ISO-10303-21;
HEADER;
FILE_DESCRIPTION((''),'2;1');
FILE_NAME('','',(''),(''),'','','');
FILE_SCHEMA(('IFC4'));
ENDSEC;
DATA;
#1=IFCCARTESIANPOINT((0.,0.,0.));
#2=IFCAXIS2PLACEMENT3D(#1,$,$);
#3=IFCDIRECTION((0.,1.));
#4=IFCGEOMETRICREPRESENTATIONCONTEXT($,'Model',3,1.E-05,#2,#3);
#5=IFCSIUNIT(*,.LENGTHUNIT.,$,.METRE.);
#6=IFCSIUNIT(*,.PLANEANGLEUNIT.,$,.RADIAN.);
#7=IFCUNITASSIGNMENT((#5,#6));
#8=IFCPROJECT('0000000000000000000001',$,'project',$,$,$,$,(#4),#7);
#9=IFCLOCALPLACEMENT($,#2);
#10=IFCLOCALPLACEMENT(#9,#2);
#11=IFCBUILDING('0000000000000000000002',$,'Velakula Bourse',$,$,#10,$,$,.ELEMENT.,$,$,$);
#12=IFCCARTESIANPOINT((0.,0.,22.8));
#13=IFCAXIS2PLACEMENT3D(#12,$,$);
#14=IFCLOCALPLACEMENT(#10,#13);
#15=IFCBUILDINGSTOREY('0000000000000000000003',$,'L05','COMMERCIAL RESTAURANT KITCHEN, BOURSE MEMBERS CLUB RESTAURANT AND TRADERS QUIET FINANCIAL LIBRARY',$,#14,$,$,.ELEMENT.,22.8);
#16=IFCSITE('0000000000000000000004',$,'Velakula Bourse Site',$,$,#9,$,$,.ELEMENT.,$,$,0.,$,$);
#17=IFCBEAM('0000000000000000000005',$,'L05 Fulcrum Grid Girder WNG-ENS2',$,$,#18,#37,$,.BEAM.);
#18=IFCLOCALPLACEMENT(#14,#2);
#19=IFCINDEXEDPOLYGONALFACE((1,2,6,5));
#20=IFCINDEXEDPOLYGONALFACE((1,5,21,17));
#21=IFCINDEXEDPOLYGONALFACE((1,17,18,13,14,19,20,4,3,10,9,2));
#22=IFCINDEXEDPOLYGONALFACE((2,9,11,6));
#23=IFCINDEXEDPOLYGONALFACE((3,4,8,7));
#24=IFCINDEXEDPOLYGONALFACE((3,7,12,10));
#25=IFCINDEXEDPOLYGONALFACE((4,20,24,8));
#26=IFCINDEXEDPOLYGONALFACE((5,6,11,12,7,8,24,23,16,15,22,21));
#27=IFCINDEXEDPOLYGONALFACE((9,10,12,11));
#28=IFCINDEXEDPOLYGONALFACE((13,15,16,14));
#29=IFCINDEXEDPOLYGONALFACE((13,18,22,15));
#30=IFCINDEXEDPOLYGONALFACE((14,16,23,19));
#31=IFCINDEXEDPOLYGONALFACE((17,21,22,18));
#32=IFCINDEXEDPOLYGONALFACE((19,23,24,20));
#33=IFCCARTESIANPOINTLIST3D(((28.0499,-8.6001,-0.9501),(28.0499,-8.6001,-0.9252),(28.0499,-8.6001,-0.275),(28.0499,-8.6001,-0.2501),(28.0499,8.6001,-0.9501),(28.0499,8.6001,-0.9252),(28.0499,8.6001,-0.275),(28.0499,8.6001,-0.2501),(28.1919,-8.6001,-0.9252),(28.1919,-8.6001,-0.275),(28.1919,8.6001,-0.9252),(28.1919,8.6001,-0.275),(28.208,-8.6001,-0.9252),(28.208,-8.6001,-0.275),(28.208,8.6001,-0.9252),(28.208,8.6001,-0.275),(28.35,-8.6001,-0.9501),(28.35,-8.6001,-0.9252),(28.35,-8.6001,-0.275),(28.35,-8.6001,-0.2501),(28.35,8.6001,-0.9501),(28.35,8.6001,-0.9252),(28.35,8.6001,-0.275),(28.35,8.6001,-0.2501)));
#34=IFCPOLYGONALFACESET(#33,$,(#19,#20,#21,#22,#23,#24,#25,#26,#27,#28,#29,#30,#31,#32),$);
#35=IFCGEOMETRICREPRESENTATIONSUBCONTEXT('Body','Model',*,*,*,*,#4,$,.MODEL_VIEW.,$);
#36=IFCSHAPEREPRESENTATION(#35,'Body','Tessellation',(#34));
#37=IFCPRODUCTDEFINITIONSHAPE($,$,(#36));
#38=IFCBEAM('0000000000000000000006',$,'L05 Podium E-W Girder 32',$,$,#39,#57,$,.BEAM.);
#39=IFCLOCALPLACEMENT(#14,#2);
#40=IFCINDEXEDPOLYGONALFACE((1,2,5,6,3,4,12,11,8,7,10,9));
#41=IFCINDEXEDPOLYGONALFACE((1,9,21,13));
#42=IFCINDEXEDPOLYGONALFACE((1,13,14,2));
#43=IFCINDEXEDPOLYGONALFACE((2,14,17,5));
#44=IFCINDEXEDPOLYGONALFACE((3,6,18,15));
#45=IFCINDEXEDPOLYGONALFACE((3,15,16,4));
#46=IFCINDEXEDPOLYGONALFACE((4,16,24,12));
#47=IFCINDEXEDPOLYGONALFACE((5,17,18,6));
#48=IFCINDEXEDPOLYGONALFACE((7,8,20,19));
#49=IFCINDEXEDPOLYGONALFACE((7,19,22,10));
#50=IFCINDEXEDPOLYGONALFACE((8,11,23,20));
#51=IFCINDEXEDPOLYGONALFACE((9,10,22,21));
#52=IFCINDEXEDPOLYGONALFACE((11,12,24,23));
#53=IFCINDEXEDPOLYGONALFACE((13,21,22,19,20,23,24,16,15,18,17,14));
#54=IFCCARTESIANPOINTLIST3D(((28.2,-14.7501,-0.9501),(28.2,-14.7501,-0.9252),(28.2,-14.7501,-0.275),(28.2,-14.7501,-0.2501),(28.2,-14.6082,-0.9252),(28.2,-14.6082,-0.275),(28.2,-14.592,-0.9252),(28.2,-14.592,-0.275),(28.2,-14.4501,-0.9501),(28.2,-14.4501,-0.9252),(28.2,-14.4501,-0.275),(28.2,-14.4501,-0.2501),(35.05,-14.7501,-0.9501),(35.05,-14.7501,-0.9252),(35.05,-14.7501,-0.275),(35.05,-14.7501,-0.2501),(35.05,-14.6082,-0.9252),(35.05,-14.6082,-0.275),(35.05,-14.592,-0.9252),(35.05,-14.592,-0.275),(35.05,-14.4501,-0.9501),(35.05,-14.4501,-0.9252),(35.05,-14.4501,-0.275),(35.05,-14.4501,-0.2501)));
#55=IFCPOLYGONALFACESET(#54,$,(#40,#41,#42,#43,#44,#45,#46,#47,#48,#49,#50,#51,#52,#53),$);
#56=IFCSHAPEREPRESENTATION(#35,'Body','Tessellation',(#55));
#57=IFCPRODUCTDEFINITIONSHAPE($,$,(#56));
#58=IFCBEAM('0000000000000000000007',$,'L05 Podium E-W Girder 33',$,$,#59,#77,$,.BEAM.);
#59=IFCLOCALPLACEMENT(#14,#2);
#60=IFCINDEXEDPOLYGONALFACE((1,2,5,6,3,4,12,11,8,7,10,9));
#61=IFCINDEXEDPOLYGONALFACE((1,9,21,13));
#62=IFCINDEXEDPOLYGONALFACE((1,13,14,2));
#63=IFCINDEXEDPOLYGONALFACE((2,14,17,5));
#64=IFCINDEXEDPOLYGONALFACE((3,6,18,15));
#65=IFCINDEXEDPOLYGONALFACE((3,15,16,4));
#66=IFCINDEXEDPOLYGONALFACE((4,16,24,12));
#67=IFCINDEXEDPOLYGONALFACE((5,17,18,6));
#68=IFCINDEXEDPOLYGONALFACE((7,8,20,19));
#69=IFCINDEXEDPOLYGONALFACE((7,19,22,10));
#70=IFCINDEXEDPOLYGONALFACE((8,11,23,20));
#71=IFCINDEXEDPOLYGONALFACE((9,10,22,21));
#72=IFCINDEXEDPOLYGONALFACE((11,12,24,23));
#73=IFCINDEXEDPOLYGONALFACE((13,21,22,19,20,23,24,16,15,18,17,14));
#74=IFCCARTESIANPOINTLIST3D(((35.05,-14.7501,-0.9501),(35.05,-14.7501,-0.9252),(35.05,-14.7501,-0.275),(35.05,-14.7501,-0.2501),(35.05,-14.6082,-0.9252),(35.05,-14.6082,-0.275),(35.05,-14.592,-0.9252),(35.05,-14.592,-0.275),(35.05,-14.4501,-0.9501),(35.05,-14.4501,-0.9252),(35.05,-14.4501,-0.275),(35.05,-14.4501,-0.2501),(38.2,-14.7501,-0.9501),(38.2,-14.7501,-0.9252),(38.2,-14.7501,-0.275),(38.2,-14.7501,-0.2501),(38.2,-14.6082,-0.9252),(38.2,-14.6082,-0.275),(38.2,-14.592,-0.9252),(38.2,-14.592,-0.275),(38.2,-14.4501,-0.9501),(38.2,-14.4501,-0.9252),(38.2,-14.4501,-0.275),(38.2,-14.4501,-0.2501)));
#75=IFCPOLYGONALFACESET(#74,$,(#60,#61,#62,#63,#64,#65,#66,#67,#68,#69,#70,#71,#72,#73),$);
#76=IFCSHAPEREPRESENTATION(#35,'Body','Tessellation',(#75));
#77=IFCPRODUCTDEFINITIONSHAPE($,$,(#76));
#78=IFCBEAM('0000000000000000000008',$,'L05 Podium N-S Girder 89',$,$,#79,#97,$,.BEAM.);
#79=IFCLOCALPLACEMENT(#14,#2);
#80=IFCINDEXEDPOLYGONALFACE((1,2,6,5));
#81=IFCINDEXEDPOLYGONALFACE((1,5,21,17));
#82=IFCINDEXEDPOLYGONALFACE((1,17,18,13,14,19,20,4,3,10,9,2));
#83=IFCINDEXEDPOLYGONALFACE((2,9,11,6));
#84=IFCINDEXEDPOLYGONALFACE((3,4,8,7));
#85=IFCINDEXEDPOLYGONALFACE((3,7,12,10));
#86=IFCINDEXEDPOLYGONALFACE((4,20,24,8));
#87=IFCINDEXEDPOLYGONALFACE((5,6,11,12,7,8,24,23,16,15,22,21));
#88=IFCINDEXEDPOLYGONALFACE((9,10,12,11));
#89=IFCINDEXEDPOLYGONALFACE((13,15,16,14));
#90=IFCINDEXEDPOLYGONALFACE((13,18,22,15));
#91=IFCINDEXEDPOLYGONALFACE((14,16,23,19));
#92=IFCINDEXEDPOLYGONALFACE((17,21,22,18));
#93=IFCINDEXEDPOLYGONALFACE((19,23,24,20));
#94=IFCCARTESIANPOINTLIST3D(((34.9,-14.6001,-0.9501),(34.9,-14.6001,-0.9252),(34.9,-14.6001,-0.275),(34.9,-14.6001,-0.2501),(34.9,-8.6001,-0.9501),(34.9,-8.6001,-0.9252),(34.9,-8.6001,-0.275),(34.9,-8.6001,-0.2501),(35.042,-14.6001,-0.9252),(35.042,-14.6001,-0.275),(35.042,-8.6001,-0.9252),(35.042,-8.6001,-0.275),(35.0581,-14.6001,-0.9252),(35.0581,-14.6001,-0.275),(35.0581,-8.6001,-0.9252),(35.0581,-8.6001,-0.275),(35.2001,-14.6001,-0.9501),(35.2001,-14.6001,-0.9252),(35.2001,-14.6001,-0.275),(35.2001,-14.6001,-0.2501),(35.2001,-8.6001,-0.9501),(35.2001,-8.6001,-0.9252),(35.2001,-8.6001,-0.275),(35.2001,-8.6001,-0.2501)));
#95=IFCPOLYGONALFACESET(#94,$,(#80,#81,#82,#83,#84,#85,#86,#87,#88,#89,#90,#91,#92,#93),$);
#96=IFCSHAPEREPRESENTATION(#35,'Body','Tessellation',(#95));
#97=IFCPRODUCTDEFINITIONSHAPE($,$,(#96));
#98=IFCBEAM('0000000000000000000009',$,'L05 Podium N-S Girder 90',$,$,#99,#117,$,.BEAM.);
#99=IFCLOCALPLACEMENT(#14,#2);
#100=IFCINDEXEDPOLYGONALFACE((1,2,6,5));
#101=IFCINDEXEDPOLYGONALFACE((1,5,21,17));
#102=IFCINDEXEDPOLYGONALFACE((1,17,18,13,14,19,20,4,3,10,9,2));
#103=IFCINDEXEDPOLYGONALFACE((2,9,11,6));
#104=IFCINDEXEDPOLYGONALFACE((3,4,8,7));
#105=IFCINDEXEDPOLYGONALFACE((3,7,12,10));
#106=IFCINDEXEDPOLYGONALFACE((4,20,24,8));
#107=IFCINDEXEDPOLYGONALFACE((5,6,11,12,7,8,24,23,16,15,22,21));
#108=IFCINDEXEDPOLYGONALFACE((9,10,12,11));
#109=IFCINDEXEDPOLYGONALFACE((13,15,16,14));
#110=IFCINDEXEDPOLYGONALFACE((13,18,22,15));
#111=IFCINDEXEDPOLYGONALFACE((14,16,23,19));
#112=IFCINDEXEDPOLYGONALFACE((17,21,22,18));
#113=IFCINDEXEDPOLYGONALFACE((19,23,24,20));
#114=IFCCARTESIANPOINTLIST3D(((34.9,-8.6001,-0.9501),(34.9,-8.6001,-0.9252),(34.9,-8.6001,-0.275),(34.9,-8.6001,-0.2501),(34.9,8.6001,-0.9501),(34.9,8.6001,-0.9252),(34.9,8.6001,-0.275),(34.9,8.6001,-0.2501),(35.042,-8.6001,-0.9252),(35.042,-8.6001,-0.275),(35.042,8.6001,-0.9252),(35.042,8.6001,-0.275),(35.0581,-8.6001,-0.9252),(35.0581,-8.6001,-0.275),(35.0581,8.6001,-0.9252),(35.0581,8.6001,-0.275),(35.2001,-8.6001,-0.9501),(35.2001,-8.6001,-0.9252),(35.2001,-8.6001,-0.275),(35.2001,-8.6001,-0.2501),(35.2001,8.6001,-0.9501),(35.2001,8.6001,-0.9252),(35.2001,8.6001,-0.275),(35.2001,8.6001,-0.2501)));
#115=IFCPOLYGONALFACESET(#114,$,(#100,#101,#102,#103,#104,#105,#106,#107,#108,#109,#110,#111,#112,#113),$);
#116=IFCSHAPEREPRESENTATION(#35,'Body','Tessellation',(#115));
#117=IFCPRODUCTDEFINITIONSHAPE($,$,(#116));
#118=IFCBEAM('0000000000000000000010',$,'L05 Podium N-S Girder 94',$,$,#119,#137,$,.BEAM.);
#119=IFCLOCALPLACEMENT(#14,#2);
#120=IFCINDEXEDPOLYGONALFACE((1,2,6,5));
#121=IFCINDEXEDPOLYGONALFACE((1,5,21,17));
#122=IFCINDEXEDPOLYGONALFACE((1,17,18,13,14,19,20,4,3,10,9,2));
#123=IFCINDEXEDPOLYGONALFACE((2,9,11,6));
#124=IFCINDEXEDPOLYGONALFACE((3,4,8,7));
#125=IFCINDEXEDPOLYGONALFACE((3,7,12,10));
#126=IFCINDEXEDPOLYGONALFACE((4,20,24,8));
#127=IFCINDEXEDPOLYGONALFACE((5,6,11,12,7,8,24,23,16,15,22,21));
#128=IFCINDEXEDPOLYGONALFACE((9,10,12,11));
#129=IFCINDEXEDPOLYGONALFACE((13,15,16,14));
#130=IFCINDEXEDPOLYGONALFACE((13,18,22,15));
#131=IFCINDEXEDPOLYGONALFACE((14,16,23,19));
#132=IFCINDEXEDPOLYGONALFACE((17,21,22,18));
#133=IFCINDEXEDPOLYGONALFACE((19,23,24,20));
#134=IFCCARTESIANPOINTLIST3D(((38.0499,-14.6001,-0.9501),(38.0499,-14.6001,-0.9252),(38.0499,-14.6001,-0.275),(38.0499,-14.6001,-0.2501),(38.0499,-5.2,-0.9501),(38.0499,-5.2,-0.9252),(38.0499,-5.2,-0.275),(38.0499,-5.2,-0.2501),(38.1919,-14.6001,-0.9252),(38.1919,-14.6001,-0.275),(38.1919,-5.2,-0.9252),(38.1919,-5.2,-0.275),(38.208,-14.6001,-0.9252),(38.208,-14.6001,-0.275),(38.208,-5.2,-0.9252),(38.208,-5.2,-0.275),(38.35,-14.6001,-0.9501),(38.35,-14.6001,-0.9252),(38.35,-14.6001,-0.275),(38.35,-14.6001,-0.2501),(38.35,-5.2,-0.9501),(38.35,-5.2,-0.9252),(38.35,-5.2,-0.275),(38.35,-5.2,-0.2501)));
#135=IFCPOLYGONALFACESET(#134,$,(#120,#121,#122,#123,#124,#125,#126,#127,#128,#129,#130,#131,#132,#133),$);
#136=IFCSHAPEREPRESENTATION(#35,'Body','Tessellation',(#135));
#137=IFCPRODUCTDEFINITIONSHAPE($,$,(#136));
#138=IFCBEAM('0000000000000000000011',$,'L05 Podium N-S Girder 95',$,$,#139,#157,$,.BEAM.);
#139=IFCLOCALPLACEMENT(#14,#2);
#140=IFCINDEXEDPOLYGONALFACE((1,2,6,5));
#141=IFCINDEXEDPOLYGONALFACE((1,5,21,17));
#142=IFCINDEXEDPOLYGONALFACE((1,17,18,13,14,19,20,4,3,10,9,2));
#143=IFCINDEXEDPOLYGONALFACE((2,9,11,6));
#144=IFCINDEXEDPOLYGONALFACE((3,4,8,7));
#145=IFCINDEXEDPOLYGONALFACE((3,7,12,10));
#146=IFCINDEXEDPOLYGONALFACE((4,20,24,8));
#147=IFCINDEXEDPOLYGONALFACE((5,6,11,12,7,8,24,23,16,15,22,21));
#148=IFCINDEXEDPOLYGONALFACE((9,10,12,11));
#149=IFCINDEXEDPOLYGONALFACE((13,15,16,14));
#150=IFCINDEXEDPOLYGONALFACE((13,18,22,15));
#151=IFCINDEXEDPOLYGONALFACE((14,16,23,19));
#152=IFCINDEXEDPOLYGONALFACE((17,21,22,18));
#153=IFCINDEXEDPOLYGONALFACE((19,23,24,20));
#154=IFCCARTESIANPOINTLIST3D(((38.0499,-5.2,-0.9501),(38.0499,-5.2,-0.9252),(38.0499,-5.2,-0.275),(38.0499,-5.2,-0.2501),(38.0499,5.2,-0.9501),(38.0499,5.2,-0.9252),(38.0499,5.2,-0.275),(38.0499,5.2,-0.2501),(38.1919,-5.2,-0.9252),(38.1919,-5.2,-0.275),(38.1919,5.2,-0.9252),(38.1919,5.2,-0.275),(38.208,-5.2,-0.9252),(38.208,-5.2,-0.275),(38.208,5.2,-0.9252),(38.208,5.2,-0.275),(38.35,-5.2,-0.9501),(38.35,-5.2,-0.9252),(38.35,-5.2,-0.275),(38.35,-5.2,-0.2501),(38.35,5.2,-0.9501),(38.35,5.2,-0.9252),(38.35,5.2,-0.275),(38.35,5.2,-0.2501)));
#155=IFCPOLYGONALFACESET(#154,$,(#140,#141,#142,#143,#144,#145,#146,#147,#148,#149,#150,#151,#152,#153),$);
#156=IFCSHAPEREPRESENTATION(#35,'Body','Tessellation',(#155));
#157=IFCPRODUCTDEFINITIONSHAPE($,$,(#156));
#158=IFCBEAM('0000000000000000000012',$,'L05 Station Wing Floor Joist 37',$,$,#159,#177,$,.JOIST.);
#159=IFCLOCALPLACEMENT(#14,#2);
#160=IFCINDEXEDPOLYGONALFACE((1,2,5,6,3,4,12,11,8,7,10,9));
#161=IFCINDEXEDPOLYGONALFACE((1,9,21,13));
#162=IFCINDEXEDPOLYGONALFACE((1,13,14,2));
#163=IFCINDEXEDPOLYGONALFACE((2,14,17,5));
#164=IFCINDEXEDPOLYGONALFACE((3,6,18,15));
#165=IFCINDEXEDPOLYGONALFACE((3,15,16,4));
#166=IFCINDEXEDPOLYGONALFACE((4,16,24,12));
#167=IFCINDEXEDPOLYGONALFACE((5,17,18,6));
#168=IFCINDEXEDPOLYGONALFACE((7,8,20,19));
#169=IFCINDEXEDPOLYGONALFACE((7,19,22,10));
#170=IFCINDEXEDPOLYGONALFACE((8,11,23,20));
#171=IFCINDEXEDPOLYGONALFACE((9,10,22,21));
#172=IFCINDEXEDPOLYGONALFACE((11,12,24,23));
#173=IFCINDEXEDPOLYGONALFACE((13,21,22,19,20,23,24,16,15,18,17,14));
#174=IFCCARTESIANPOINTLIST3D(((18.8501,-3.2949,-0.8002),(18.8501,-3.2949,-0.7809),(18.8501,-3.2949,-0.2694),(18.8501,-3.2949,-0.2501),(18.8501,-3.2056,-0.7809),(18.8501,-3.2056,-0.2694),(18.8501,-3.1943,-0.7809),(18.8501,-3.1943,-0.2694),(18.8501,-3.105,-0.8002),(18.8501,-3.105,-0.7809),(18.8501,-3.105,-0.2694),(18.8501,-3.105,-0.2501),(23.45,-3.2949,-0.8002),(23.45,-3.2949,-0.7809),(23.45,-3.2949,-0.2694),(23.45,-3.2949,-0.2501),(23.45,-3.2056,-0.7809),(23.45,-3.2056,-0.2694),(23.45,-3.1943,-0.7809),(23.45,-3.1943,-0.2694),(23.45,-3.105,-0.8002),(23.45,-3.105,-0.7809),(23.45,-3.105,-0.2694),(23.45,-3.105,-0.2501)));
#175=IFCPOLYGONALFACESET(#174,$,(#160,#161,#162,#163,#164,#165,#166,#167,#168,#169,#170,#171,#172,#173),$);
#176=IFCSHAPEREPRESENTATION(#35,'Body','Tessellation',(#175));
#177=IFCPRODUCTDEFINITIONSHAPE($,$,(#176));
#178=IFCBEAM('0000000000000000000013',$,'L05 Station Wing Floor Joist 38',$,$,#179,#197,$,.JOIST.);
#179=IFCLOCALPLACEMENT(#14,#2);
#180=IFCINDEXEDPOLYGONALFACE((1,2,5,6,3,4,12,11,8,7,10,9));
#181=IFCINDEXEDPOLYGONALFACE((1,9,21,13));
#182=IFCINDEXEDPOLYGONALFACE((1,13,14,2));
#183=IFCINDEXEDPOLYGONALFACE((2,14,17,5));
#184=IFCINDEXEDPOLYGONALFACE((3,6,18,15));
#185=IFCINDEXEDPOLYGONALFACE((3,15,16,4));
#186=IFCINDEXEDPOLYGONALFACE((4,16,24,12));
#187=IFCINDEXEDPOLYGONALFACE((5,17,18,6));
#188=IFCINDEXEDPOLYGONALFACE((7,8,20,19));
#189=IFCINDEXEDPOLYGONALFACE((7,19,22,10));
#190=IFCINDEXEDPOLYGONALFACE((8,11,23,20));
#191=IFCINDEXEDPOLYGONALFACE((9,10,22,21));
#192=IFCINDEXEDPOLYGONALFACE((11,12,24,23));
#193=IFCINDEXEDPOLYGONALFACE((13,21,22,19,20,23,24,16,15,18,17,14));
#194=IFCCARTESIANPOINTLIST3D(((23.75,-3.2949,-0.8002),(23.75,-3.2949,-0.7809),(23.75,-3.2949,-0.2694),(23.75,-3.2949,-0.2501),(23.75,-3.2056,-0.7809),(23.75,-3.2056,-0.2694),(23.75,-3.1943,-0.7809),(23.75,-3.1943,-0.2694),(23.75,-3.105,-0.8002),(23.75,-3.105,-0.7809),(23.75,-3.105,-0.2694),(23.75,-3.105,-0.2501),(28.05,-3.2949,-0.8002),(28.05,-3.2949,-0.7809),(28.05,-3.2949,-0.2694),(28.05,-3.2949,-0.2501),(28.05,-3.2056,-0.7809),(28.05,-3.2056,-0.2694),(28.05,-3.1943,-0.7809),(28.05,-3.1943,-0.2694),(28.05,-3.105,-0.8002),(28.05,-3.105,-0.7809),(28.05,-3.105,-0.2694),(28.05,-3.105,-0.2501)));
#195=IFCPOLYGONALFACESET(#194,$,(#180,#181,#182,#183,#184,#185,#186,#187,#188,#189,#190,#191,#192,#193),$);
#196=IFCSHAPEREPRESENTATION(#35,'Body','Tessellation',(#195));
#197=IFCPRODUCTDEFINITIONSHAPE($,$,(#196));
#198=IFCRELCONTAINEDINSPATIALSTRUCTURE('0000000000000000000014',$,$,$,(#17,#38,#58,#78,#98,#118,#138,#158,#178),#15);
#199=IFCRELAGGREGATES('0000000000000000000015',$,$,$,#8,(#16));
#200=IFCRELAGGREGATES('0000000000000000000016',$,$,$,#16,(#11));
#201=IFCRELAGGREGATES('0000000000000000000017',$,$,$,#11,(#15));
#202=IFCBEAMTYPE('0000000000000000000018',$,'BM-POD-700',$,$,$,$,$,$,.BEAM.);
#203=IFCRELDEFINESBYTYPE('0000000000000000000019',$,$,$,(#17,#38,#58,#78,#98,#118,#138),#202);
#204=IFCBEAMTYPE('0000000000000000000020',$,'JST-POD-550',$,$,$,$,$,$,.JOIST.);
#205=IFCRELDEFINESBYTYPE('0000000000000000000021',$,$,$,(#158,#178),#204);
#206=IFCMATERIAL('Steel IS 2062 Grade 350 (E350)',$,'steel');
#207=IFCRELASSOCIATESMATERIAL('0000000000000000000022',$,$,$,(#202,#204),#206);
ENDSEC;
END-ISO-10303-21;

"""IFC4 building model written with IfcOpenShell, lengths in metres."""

from ifc_helpers import new_model, si_unit, direction, frame, origin, origin_2d, place, context, subcontext, project, spatial, i_section, extrude, material, material_profile, profile_set, type_object, element, save


model = new_model("IFC4")

# Units and contexts
model_context = context("Model", 3, precision=1e-05, world=origin(), true_north=direction((0.0, 1.0)))
body_context = subcontext(model_context, "Body", "Model", "MODEL_VIEW")
ifc_project = project(units=[si_unit("LENGTHUNIT", "METRE"), si_unit("PLANEANGLEUNIT", "RADIAN")], contexts=[model_context])

# Site, building, storey
site_placement = place(None, origin())
site = spatial("IfcSite", under=ifc_project, at=site_placement, Name="Velakula Bourse Site", CompositionType="ELEMENT", RefElevation=0.0)
building_placement = place(site_placement, origin())
building = spatial("IfcBuilding", under=site, at=building_placement, Name="Velakula Bourse", CompositionType="ELEMENT")
storey_placement = place(building_placement, frame((0.0, 0.0, 22.8)))
storey = spatial("IfcBuildingStorey", under=building, at=storey_placement, Name="L05", Description="COMMERCIAL RESTAURANT KITCHEN, BOURSE MEMBERS CLUB RESTAURANT AND TRADERS QUIET FINANCIAL LIBRARY", CompositionType="ELEMENT", Elevation=22.8)

# Beams
ifc_material_1 = material(Name="Steel IS 2062 Grade 350 (E350)", Category="steel")
ifc_material_profile_1 = material_profile(ifc_material_1, i_section(OverallWidth=0.3, OverallDepth=0.7, WebThickness=0.0161, FlangeThickness=0.0249, at=origin_2d()), Name="Steel IS 2062 Grade 350 (E350)")
ifc_profile_set_1 = profile_set([ifc_material_profile_1], Name="Steel IS 2062 Grade 350 (E350)")
beam_type_1 = type_object("IfcBeamType", Name="BM-POD-700", PredefinedType="BEAM", material=ifc_profile_set_1)
beam_1_placement = place(storey_placement, frame((28.2, -8.6001, -0.6001), z_axis=(0.0, 1.0, 0.0), x_axis=(-1.0, 0.0, 0.0)))
element("IfcBeam", 1, at=beam_1_placement, inside=storey, type_object=beam_type_1, Name="L05 Fulcrum Grid Girder WNG-ENS2", PredefinedType="BEAM", context=body_context, shape_type="SweptSolid", body=[
    extrude(i_section(OverallWidth=0.3, OverallDepth=0.7, WebThickness=0.0161, FlangeThickness=0.0249, at=origin_2d()), origin(), (0.0, 0.0, 1.0), 17.2002),
])
beam_2_placement = place(storey_placement, frame((28.2, -14.6001, -0.6001), z_axis=(1.0, 0.0, 0.0), x_axis=(0.0, 1.0, 0.0)))
element("IfcBeam", 2, at=beam_2_placement, inside=storey, type_object=beam_type_1, Name="L05 Podium E-W Girder 32", PredefinedType="BEAM", context=body_context, shape_type="SweptSolid", body=[
    extrude(i_section(OverallWidth=0.3, OverallDepth=0.7, WebThickness=0.0161, FlangeThickness=0.0249, at=origin_2d()), origin(), (0.0, 0.0, 1.0), 6.8501),
])
beam_3_placement = place(storey_placement, frame((35.05, -14.6001, -0.6001), z_axis=(1.0, 0.0, 0.0), x_axis=(0.0, 1.0, 0.0)))
element("IfcBeam", 3, at=beam_3_placement, inside=storey, type_object=beam_type_1, Name="L05 Podium E-W Girder 33", PredefinedType="BEAM", context=body_context, shape_type="SweptSolid", body=[
    extrude(i_section(OverallWidth=0.3, OverallDepth=0.7, WebThickness=0.0161, FlangeThickness=0.0249, at=origin_2d()), origin(), (0.0, 0.0, 1.0), 3.1499),
])
beam_4_placement = place(storey_placement, frame((35.05, -14.6001, -0.6001), z_axis=(0.0, 1.0, 0.0), x_axis=(-1.0, 0.0, 0.0)))
element("IfcBeam", 4, at=beam_4_placement, inside=storey, type_object=beam_type_1, Name="L05 Podium N-S Girder 89", PredefinedType="BEAM", context=body_context, shape_type="SweptSolid", body=[
    extrude(i_section(OverallWidth=0.3, OverallDepth=0.7, WebThickness=0.0161, FlangeThickness=0.0249, at=origin_2d()), origin(), (0.0, 0.0, 1.0), 6.0),
])
beam_5_placement = place(storey_placement, frame((35.05, -8.6001, -0.6001), z_axis=(0.0, 1.0, 0.0), x_axis=(-1.0, 0.0, 0.0)))
element("IfcBeam", 5, at=beam_5_placement, inside=storey, type_object=beam_type_1, Name="L05 Podium N-S Girder 90", PredefinedType="BEAM", context=body_context, shape_type="SweptSolid", body=[
    extrude(i_section(OverallWidth=0.3, OverallDepth=0.7, WebThickness=0.0161, FlangeThickness=0.0249, at=origin_2d()), origin(), (0.0, 0.0, 1.0), 17.2002),
])
beam_6_placement = place(storey_placement, frame((38.2, -14.6001, -0.6001), z_axis=(0.0, 1.0, 0.0), x_axis=(-1.0, 0.0, 0.0)))
element("IfcBeam", 6, at=beam_6_placement, inside=storey, type_object=beam_type_1, Name="L05 Podium N-S Girder 94", PredefinedType="BEAM", context=body_context, shape_type="SweptSolid", body=[
    extrude(i_section(OverallWidth=0.3, OverallDepth=0.7, WebThickness=0.0161, FlangeThickness=0.0249, at=origin_2d()), origin(), (0.0, 0.0, 1.0), 9.4001),
])
beam_7_placement = place(storey_placement, frame((38.2, -5.2, -0.6001), z_axis=(0.0, 1.0, 0.0), x_axis=(-1.0, 0.0, 0.0)))
element("IfcBeam", 7, at=beam_7_placement, inside=storey, type_object=beam_type_1, Name="L05 Podium N-S Girder 95", PredefinedType="BEAM", context=body_context, shape_type="SweptSolid", body=[
    extrude(i_section(OverallWidth=0.3, OverallDepth=0.7, WebThickness=0.0161, FlangeThickness=0.0249, at=origin_2d()), origin(), (0.0, 0.0, 1.0), 10.3999),
])
ifc_material_profile_2 = material_profile(ifc_material_1, i_section(OverallWidth=0.1899, OverallDepth=0.55, WebThickness=0.0112, FlangeThickness=0.0193, at=origin_2d()), Name="Steel IS 2062 Grade 350 (E350)")
ifc_profile_set_2 = profile_set([ifc_material_profile_2], Name="Steel IS 2062 Grade 350 (E350)")
beam_type_2 = type_object("IfcBeamType", Name="JST-POD-550", PredefinedType="JOIST", material=ifc_profile_set_2)
beam_8_placement = place(storey_placement, frame((18.8501, -3.2, -0.5251), z_axis=(1.0, 0.0, 0.0), x_axis=(0.0, 1.0, 0.0)))
element("IfcBeam", 8, at=beam_8_placement, inside=storey, type_object=beam_type_2, Name="L05 Station Wing Floor Joist 37", PredefinedType="JOIST", context=body_context, shape_type="SweptSolid", body=[
    extrude(i_section(OverallWidth=0.1899, OverallDepth=0.55, WebThickness=0.0112, FlangeThickness=0.0193, at=origin_2d()), origin(), (0.0, 0.0, 1.0), 4.5999),
])
beam_9_placement = place(storey_placement, frame((23.75, -3.2, -0.5251), z_axis=(1.0, 0.0, 0.0), x_axis=(0.0, 1.0, 0.0)))
element("IfcBeam", 9, at=beam_9_placement, inside=storey, type_object=beam_type_2, Name="L05 Station Wing Floor Joist 38", PredefinedType="JOIST", context=body_context, shape_type="SweptSolid", body=[
    extrude(i_section(OverallWidth=0.1899, OverallDepth=0.55, WebThickness=0.0112, FlangeThickness=0.0193, at=origin_2d()), origin(), (0.0, 0.0, 1.0), 4.3),
])

save(model, "model.ifc")
